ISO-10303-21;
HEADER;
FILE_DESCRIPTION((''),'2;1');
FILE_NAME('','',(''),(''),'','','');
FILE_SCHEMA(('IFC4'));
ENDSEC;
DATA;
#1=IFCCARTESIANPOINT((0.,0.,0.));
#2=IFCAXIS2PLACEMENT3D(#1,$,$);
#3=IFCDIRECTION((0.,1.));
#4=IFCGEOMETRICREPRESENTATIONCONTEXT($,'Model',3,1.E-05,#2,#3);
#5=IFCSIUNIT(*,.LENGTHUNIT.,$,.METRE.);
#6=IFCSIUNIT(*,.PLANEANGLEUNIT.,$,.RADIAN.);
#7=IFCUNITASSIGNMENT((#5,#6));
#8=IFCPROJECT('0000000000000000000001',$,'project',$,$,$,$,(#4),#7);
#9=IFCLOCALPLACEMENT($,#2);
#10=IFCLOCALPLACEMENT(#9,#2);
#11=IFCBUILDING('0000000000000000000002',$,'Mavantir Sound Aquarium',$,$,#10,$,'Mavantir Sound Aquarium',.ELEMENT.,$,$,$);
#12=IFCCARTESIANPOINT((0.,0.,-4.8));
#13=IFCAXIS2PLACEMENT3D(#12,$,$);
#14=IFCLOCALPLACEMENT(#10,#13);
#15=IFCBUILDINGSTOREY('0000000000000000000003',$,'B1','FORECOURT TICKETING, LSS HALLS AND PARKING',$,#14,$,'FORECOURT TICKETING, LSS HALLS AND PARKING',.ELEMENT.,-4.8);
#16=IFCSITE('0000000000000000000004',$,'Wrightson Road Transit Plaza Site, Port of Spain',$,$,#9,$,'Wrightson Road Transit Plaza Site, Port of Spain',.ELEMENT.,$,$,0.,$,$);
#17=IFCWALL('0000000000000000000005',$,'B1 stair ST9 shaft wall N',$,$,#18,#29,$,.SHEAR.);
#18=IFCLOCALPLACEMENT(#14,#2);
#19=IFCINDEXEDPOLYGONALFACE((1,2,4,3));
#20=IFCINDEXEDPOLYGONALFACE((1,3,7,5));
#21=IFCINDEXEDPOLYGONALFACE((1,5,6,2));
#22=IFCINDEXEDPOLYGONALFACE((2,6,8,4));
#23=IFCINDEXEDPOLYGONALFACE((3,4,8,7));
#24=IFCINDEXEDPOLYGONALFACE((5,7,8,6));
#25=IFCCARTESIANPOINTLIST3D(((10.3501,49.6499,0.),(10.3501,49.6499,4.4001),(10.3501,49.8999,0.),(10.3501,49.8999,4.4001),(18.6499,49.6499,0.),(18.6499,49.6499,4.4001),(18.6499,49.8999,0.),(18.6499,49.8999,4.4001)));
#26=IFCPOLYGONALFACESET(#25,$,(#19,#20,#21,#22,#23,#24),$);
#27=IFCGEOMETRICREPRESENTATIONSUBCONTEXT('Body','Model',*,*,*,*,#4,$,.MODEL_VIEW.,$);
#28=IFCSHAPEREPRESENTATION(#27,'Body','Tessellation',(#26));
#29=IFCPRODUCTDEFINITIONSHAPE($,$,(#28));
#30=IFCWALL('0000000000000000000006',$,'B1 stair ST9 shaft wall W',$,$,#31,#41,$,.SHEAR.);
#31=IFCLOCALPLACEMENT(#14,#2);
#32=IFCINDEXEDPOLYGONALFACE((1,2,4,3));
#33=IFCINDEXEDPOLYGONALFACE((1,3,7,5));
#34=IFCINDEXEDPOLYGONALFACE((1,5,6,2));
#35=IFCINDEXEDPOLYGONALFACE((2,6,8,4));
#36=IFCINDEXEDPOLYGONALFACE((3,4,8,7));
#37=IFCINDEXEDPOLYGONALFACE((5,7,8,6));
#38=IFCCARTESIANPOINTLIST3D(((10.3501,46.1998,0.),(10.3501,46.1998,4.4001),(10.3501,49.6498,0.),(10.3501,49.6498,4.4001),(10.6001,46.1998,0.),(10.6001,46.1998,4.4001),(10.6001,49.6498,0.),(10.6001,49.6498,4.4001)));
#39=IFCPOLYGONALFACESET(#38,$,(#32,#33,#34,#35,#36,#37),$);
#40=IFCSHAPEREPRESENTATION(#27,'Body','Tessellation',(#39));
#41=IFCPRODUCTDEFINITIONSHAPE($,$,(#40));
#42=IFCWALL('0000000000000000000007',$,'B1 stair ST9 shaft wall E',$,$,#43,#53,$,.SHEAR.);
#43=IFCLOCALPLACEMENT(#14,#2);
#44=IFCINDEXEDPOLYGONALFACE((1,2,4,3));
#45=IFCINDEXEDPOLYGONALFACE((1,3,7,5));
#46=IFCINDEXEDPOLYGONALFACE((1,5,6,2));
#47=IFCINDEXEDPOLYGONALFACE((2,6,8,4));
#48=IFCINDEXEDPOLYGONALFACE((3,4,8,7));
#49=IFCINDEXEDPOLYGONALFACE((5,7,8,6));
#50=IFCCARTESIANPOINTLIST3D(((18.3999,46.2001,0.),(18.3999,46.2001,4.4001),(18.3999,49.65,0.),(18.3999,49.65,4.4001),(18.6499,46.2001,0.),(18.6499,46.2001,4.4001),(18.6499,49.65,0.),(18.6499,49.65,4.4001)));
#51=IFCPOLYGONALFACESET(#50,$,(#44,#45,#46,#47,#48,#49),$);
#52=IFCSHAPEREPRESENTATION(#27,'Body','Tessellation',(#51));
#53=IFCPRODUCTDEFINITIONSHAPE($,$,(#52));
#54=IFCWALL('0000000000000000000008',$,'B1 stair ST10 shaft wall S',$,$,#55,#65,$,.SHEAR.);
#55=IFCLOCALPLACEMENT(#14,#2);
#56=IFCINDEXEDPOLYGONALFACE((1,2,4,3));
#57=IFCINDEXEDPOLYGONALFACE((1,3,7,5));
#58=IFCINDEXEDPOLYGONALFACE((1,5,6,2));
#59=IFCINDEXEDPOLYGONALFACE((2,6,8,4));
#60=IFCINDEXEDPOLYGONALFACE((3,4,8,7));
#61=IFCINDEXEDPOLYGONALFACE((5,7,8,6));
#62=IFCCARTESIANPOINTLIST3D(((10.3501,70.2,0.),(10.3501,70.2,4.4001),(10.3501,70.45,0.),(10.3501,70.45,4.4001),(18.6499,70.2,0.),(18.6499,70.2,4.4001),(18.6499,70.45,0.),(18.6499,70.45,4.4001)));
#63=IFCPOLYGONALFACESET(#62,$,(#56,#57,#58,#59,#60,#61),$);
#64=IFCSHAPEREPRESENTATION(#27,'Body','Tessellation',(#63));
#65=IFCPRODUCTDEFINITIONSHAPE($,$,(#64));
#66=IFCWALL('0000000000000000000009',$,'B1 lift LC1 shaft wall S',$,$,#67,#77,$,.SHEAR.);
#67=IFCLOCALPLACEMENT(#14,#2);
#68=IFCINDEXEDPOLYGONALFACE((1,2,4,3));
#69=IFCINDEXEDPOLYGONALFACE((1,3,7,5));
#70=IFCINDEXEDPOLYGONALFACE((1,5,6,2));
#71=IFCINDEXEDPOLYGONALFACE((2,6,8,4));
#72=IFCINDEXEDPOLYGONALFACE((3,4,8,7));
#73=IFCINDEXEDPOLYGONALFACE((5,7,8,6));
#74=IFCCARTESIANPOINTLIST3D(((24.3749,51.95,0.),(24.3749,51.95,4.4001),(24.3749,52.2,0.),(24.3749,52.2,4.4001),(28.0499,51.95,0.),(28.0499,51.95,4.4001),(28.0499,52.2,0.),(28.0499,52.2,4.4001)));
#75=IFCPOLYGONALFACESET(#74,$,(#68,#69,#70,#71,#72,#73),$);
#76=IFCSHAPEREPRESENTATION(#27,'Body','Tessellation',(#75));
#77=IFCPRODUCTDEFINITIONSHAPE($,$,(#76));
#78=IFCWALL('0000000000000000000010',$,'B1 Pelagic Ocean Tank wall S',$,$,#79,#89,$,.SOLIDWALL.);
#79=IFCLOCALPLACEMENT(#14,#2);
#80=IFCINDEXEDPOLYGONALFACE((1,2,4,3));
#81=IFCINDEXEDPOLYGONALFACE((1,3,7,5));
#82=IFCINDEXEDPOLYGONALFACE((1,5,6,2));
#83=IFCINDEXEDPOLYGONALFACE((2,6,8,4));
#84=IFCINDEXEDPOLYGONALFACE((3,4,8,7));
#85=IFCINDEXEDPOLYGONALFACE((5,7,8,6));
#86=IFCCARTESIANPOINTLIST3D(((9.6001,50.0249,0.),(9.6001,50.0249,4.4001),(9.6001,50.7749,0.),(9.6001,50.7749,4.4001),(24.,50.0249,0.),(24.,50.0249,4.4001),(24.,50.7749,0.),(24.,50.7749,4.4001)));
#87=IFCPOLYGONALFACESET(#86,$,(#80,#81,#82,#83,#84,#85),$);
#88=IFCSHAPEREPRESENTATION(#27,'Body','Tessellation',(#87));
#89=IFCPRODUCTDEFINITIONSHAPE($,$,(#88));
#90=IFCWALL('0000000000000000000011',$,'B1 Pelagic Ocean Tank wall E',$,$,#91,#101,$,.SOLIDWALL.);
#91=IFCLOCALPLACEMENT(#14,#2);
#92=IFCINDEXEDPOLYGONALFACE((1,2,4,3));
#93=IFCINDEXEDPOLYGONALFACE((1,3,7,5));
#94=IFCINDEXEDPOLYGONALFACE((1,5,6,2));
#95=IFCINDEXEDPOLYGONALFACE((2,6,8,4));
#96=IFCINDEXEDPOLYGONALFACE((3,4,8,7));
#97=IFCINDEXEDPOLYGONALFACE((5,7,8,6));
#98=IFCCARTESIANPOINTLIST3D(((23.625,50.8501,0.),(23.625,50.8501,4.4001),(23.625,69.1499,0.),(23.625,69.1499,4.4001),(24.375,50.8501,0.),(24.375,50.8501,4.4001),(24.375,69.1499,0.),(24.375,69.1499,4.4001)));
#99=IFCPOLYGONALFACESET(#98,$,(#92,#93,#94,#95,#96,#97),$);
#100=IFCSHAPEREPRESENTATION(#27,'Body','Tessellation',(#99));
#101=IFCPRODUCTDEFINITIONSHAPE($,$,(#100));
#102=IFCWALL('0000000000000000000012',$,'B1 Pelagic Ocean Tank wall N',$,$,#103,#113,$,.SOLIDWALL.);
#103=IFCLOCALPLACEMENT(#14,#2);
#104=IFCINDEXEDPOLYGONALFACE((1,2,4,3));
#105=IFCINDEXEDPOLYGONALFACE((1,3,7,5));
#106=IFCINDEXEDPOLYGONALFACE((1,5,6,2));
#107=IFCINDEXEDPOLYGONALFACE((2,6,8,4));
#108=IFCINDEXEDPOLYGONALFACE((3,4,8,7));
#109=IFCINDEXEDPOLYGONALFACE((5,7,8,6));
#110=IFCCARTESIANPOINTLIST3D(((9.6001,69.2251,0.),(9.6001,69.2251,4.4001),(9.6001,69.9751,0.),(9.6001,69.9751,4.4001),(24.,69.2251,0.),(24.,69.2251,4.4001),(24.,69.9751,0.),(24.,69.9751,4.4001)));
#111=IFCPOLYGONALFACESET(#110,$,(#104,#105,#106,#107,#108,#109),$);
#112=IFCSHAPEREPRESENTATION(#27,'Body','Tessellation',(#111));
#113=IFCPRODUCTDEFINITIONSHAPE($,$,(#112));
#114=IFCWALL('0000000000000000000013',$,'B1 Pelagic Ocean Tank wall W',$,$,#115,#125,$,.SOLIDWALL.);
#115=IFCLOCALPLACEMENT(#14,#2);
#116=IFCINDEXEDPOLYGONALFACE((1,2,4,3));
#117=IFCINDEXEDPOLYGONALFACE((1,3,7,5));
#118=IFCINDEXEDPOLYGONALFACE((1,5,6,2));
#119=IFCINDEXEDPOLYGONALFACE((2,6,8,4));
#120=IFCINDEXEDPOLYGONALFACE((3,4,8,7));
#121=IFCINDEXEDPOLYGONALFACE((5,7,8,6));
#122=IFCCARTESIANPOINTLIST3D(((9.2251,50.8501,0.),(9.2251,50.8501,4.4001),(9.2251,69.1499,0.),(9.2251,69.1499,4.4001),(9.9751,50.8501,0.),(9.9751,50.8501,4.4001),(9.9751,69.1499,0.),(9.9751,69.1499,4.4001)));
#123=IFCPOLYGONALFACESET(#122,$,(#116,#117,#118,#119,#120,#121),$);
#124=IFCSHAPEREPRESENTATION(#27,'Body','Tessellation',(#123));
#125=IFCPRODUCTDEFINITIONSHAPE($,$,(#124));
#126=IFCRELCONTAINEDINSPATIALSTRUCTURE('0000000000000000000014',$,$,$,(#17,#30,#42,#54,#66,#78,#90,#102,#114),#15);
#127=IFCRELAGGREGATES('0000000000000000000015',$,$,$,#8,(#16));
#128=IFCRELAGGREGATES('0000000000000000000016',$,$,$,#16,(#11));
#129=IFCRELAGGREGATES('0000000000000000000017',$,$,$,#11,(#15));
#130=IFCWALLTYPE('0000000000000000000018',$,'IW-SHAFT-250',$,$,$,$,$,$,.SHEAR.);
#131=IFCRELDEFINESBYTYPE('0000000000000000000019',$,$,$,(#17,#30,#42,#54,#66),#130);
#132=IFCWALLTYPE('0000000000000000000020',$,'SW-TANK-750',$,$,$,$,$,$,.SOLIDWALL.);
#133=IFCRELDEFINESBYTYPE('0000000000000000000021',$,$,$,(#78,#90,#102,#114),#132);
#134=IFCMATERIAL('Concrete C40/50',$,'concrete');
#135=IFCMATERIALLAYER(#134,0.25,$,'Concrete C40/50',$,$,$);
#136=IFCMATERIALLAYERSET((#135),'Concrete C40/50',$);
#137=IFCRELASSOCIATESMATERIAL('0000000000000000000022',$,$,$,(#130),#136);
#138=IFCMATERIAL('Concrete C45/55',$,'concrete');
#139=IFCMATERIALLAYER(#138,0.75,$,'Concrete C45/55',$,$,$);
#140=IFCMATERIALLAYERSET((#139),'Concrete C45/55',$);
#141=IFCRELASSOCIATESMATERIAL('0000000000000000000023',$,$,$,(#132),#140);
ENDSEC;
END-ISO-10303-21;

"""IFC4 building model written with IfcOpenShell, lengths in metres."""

from ifc_helpers import new_model, si_unit, direction, frame, frame_2d, origin, place, context, subcontext, project, spatial, rectangle, extrude, material, layer, layer_set, type_object, element, save


model = new_model("IFC4")

# Units and contexts
model_context = context("Model", 3, precision=1e-05, world=origin(), true_north=direction((0.0, 1.0)))
body_context = subcontext(model_context, "Body", "Model", "MODEL_VIEW")
ifc_project = project(units=[si_unit("LENGTHUNIT", "METRE"), si_unit("PLANEANGLEUNIT", "RADIAN")], contexts=[model_context])

# Site, building, storey
site_placement = place(None, origin())
site = spatial("IfcSite", under=ifc_project, at=site_placement, Name="Wrightson Road Transit Plaza Site, Port of Spain", LongName="Wrightson Road Transit Plaza Site, Port of Spain", CompositionType="ELEMENT", RefElevation=0.0)
building_placement = place(site_placement, origin())
building = spatial("IfcBuilding", under=site, at=building_placement, Name="Mavantir Sound Aquarium", LongName="Mavantir Sound Aquarium", CompositionType="ELEMENT")
storey_placement = place(building_placement, frame((0.0, 0.0, -4.8)))
storey = spatial("IfcBuildingStorey", under=building, at=storey_placement, Name="B1", Description="FORECOURT TICKETING, LSS HALLS AND PARKING", LongName="FORECOURT TICKETING, LSS HALLS AND PARKING", CompositionType="ELEMENT", Elevation=-4.8)

# Shared definitions
ifc_material_1 = material(Name="Concrete C40/50", Category="concrete")

# Walls
ifc_layer_1 = layer(ifc_material_1, 0.25, Name="Concrete C40/50")
ifc_layer_set_1 = layer_set([ifc_layer_1], Name="Concrete C40/50")
wall_type_1 = type_object("IfcWallType", Name="IW-SHAFT-250", PredefinedType="SHEAR", material=ifc_layer_set_1)
wall_1_placement = place(storey_placement, frame((18.6499, 49.7749, 0.0), z_axis=(0.0, 0.0, 1.0), x_axis=(-1.0, 0.0, 0.0)))
element("IfcWall", 1, at=wall_1_placement, inside=storey, type_object=wall_type_1, Name="B1 stair ST9 shaft wall N", PredefinedType="SHEAR", context=body_context, shape_type="SweptSolid", body=[
    extrude(rectangle(XDim=8.2998, YDim=0.25, at=frame_2d((4.1499, 0.0))), origin(), (0.0, 0.0, 1.0), 4.4001),
])
for number, where, z_axis, x_axis, name in (
    (2, (10.4751, 49.6499, 0.0), (0.0, 0.0, 1.0), (0.0, -1.0, 0.0), "B1 stair ST9 shaft wall W"),
    (3, (18.5249, 46.2, 0.0), (0.0, 0.0, 1.0), (0.0, 1.0, 0.0), "B1 stair ST9 shaft wall E"),
):
    element("IfcWall", number, at=place(storey_placement, frame(where, z_axis=z_axis, x_axis=x_axis)), inside=storey, type_object=wall_type_1, Name=name, PredefinedType="SHEAR", context=body_context, shape_type="SweptSolid", body=[
        extrude(rectangle(XDim=3.45, YDim=0.25, at=frame_2d((1.7251, 0.0))), origin(), (0.0, 0.0, 1.0), 4.4001),
    ])
wall_2_placement = place(storey_placement, frame((10.3501, 70.325, 0.0), z_axis=(0.0, 0.0, 1.0), x_axis=(1.0, 0.0, 0.0)))
element("IfcWall", 4, at=wall_2_placement, inside=storey, type_object=wall_type_1, Name="B1 stair ST10 shaft wall S", PredefinedType="SHEAR", context=body_context, shape_type="SweptSolid", body=[
    extrude(rectangle(XDim=8.2998, YDim=0.25, at=frame_2d((4.1499, 0.0))), origin(), (0.0, 0.0, 1.0), 4.4001),
])
wall_3_placement = place(storey_placement, frame((24.375, 52.075, 0.0), z_axis=(0.0, 0.0, 1.0), x_axis=(1.0, 0.0, 0.0)))
element("IfcWall", 5, at=wall_3_placement, inside=storey, type_object=wall_type_1, Name="B1 lift LC1 shaft wall S", PredefinedType="SHEAR", context=body_context, shape_type="SweptSolid", body=[
    extrude(rectangle(XDim=3.675, YDim=0.25, at=frame_2d((1.8374, 0.0))), origin(), (0.0, 0.0, 1.0), 4.4001),
])
ifc_material_2 = material(Name="Concrete C45/55", Category="concrete")
ifc_layer_2 = layer(ifc_material_2, 0.75, Name="Concrete C45/55")
ifc_layer_set_2 = layer_set([ifc_layer_2], Name="Concrete C45/55")
wall_type_2 = type_object("IfcWallType", Name="SW-TANK-750", PredefinedType="SOLIDWALL", material=ifc_layer_set_2)
wall_4_placement = place(storey_placement, frame((9.6001, 50.3999, 0.0), z_axis=(0.0, 0.0, 1.0), x_axis=(1.0, 0.0, 0.0)))
element("IfcWall", 6, at=wall_4_placement, inside=storey, type_object=wall_type_2, Name="B1 Pelagic Ocean Tank wall S", PredefinedType="SOLIDWALL", context=body_context, shape_type="SweptSolid", body=[
    extrude(rectangle(XDim=14.3999, YDim=0.75, at=frame_2d((7.2, 0.0))), origin(), (0.0, 0.0, 1.0), 4.4001),
])
wall_5_placement = place(storey_placement, frame((24.0, 50.8501, 0.0), z_axis=(0.0, 0.0, 1.0), x_axis=(0.0, 1.0, 0.0)))
element("IfcWall", 7, at=wall_5_placement, inside=storey, type_object=wall_type_2, Name="B1 Pelagic Ocean Tank wall E", PredefinedType="SOLIDWALL", context=body_context, shape_type="SweptSolid", body=[
    extrude(rectangle(XDim=18.2998, YDim=0.75, at=frame_2d((9.1499, 0.0))), origin(), (0.0, 0.0, 1.0), 4.4001),
])
wall_6_placement = place(storey_placement, frame((24.0, 69.6001, 0.0), z_axis=(0.0, 0.0, 1.0), x_axis=(-1.0, 0.0, 0.0)))
element("IfcWall", 8, at=wall_6_placement, inside=storey, type_object=wall_type_2, Name="B1 Pelagic Ocean Tank wall N", PredefinedType="SOLIDWALL", context=body_context, shape_type="SweptSolid", body=[
    extrude(rectangle(XDim=14.3999, YDim=0.75, at=frame_2d((7.2, 0.0))), origin(), (0.0, 0.0, 1.0), 4.4001),
])
wall_7_placement = place(storey_placement, frame((9.6001, 69.1499, 0.0), z_axis=(0.0, 0.0, 1.0), x_axis=(0.0, -1.0, 0.0)))
element("IfcWall", 9, at=wall_7_placement, inside=storey, type_object=wall_type_2, Name="B1 Pelagic Ocean Tank wall W", PredefinedType="SOLIDWALL", context=body_context, shape_type="SweptSolid", body=[
    extrude(rectangle(XDim=18.2998, YDim=0.75, at=frame_2d((9.1499, 0.0))), origin(), (0.0, 0.0, 1.0), 4.4001),
])

save(model, "model.ifc")
